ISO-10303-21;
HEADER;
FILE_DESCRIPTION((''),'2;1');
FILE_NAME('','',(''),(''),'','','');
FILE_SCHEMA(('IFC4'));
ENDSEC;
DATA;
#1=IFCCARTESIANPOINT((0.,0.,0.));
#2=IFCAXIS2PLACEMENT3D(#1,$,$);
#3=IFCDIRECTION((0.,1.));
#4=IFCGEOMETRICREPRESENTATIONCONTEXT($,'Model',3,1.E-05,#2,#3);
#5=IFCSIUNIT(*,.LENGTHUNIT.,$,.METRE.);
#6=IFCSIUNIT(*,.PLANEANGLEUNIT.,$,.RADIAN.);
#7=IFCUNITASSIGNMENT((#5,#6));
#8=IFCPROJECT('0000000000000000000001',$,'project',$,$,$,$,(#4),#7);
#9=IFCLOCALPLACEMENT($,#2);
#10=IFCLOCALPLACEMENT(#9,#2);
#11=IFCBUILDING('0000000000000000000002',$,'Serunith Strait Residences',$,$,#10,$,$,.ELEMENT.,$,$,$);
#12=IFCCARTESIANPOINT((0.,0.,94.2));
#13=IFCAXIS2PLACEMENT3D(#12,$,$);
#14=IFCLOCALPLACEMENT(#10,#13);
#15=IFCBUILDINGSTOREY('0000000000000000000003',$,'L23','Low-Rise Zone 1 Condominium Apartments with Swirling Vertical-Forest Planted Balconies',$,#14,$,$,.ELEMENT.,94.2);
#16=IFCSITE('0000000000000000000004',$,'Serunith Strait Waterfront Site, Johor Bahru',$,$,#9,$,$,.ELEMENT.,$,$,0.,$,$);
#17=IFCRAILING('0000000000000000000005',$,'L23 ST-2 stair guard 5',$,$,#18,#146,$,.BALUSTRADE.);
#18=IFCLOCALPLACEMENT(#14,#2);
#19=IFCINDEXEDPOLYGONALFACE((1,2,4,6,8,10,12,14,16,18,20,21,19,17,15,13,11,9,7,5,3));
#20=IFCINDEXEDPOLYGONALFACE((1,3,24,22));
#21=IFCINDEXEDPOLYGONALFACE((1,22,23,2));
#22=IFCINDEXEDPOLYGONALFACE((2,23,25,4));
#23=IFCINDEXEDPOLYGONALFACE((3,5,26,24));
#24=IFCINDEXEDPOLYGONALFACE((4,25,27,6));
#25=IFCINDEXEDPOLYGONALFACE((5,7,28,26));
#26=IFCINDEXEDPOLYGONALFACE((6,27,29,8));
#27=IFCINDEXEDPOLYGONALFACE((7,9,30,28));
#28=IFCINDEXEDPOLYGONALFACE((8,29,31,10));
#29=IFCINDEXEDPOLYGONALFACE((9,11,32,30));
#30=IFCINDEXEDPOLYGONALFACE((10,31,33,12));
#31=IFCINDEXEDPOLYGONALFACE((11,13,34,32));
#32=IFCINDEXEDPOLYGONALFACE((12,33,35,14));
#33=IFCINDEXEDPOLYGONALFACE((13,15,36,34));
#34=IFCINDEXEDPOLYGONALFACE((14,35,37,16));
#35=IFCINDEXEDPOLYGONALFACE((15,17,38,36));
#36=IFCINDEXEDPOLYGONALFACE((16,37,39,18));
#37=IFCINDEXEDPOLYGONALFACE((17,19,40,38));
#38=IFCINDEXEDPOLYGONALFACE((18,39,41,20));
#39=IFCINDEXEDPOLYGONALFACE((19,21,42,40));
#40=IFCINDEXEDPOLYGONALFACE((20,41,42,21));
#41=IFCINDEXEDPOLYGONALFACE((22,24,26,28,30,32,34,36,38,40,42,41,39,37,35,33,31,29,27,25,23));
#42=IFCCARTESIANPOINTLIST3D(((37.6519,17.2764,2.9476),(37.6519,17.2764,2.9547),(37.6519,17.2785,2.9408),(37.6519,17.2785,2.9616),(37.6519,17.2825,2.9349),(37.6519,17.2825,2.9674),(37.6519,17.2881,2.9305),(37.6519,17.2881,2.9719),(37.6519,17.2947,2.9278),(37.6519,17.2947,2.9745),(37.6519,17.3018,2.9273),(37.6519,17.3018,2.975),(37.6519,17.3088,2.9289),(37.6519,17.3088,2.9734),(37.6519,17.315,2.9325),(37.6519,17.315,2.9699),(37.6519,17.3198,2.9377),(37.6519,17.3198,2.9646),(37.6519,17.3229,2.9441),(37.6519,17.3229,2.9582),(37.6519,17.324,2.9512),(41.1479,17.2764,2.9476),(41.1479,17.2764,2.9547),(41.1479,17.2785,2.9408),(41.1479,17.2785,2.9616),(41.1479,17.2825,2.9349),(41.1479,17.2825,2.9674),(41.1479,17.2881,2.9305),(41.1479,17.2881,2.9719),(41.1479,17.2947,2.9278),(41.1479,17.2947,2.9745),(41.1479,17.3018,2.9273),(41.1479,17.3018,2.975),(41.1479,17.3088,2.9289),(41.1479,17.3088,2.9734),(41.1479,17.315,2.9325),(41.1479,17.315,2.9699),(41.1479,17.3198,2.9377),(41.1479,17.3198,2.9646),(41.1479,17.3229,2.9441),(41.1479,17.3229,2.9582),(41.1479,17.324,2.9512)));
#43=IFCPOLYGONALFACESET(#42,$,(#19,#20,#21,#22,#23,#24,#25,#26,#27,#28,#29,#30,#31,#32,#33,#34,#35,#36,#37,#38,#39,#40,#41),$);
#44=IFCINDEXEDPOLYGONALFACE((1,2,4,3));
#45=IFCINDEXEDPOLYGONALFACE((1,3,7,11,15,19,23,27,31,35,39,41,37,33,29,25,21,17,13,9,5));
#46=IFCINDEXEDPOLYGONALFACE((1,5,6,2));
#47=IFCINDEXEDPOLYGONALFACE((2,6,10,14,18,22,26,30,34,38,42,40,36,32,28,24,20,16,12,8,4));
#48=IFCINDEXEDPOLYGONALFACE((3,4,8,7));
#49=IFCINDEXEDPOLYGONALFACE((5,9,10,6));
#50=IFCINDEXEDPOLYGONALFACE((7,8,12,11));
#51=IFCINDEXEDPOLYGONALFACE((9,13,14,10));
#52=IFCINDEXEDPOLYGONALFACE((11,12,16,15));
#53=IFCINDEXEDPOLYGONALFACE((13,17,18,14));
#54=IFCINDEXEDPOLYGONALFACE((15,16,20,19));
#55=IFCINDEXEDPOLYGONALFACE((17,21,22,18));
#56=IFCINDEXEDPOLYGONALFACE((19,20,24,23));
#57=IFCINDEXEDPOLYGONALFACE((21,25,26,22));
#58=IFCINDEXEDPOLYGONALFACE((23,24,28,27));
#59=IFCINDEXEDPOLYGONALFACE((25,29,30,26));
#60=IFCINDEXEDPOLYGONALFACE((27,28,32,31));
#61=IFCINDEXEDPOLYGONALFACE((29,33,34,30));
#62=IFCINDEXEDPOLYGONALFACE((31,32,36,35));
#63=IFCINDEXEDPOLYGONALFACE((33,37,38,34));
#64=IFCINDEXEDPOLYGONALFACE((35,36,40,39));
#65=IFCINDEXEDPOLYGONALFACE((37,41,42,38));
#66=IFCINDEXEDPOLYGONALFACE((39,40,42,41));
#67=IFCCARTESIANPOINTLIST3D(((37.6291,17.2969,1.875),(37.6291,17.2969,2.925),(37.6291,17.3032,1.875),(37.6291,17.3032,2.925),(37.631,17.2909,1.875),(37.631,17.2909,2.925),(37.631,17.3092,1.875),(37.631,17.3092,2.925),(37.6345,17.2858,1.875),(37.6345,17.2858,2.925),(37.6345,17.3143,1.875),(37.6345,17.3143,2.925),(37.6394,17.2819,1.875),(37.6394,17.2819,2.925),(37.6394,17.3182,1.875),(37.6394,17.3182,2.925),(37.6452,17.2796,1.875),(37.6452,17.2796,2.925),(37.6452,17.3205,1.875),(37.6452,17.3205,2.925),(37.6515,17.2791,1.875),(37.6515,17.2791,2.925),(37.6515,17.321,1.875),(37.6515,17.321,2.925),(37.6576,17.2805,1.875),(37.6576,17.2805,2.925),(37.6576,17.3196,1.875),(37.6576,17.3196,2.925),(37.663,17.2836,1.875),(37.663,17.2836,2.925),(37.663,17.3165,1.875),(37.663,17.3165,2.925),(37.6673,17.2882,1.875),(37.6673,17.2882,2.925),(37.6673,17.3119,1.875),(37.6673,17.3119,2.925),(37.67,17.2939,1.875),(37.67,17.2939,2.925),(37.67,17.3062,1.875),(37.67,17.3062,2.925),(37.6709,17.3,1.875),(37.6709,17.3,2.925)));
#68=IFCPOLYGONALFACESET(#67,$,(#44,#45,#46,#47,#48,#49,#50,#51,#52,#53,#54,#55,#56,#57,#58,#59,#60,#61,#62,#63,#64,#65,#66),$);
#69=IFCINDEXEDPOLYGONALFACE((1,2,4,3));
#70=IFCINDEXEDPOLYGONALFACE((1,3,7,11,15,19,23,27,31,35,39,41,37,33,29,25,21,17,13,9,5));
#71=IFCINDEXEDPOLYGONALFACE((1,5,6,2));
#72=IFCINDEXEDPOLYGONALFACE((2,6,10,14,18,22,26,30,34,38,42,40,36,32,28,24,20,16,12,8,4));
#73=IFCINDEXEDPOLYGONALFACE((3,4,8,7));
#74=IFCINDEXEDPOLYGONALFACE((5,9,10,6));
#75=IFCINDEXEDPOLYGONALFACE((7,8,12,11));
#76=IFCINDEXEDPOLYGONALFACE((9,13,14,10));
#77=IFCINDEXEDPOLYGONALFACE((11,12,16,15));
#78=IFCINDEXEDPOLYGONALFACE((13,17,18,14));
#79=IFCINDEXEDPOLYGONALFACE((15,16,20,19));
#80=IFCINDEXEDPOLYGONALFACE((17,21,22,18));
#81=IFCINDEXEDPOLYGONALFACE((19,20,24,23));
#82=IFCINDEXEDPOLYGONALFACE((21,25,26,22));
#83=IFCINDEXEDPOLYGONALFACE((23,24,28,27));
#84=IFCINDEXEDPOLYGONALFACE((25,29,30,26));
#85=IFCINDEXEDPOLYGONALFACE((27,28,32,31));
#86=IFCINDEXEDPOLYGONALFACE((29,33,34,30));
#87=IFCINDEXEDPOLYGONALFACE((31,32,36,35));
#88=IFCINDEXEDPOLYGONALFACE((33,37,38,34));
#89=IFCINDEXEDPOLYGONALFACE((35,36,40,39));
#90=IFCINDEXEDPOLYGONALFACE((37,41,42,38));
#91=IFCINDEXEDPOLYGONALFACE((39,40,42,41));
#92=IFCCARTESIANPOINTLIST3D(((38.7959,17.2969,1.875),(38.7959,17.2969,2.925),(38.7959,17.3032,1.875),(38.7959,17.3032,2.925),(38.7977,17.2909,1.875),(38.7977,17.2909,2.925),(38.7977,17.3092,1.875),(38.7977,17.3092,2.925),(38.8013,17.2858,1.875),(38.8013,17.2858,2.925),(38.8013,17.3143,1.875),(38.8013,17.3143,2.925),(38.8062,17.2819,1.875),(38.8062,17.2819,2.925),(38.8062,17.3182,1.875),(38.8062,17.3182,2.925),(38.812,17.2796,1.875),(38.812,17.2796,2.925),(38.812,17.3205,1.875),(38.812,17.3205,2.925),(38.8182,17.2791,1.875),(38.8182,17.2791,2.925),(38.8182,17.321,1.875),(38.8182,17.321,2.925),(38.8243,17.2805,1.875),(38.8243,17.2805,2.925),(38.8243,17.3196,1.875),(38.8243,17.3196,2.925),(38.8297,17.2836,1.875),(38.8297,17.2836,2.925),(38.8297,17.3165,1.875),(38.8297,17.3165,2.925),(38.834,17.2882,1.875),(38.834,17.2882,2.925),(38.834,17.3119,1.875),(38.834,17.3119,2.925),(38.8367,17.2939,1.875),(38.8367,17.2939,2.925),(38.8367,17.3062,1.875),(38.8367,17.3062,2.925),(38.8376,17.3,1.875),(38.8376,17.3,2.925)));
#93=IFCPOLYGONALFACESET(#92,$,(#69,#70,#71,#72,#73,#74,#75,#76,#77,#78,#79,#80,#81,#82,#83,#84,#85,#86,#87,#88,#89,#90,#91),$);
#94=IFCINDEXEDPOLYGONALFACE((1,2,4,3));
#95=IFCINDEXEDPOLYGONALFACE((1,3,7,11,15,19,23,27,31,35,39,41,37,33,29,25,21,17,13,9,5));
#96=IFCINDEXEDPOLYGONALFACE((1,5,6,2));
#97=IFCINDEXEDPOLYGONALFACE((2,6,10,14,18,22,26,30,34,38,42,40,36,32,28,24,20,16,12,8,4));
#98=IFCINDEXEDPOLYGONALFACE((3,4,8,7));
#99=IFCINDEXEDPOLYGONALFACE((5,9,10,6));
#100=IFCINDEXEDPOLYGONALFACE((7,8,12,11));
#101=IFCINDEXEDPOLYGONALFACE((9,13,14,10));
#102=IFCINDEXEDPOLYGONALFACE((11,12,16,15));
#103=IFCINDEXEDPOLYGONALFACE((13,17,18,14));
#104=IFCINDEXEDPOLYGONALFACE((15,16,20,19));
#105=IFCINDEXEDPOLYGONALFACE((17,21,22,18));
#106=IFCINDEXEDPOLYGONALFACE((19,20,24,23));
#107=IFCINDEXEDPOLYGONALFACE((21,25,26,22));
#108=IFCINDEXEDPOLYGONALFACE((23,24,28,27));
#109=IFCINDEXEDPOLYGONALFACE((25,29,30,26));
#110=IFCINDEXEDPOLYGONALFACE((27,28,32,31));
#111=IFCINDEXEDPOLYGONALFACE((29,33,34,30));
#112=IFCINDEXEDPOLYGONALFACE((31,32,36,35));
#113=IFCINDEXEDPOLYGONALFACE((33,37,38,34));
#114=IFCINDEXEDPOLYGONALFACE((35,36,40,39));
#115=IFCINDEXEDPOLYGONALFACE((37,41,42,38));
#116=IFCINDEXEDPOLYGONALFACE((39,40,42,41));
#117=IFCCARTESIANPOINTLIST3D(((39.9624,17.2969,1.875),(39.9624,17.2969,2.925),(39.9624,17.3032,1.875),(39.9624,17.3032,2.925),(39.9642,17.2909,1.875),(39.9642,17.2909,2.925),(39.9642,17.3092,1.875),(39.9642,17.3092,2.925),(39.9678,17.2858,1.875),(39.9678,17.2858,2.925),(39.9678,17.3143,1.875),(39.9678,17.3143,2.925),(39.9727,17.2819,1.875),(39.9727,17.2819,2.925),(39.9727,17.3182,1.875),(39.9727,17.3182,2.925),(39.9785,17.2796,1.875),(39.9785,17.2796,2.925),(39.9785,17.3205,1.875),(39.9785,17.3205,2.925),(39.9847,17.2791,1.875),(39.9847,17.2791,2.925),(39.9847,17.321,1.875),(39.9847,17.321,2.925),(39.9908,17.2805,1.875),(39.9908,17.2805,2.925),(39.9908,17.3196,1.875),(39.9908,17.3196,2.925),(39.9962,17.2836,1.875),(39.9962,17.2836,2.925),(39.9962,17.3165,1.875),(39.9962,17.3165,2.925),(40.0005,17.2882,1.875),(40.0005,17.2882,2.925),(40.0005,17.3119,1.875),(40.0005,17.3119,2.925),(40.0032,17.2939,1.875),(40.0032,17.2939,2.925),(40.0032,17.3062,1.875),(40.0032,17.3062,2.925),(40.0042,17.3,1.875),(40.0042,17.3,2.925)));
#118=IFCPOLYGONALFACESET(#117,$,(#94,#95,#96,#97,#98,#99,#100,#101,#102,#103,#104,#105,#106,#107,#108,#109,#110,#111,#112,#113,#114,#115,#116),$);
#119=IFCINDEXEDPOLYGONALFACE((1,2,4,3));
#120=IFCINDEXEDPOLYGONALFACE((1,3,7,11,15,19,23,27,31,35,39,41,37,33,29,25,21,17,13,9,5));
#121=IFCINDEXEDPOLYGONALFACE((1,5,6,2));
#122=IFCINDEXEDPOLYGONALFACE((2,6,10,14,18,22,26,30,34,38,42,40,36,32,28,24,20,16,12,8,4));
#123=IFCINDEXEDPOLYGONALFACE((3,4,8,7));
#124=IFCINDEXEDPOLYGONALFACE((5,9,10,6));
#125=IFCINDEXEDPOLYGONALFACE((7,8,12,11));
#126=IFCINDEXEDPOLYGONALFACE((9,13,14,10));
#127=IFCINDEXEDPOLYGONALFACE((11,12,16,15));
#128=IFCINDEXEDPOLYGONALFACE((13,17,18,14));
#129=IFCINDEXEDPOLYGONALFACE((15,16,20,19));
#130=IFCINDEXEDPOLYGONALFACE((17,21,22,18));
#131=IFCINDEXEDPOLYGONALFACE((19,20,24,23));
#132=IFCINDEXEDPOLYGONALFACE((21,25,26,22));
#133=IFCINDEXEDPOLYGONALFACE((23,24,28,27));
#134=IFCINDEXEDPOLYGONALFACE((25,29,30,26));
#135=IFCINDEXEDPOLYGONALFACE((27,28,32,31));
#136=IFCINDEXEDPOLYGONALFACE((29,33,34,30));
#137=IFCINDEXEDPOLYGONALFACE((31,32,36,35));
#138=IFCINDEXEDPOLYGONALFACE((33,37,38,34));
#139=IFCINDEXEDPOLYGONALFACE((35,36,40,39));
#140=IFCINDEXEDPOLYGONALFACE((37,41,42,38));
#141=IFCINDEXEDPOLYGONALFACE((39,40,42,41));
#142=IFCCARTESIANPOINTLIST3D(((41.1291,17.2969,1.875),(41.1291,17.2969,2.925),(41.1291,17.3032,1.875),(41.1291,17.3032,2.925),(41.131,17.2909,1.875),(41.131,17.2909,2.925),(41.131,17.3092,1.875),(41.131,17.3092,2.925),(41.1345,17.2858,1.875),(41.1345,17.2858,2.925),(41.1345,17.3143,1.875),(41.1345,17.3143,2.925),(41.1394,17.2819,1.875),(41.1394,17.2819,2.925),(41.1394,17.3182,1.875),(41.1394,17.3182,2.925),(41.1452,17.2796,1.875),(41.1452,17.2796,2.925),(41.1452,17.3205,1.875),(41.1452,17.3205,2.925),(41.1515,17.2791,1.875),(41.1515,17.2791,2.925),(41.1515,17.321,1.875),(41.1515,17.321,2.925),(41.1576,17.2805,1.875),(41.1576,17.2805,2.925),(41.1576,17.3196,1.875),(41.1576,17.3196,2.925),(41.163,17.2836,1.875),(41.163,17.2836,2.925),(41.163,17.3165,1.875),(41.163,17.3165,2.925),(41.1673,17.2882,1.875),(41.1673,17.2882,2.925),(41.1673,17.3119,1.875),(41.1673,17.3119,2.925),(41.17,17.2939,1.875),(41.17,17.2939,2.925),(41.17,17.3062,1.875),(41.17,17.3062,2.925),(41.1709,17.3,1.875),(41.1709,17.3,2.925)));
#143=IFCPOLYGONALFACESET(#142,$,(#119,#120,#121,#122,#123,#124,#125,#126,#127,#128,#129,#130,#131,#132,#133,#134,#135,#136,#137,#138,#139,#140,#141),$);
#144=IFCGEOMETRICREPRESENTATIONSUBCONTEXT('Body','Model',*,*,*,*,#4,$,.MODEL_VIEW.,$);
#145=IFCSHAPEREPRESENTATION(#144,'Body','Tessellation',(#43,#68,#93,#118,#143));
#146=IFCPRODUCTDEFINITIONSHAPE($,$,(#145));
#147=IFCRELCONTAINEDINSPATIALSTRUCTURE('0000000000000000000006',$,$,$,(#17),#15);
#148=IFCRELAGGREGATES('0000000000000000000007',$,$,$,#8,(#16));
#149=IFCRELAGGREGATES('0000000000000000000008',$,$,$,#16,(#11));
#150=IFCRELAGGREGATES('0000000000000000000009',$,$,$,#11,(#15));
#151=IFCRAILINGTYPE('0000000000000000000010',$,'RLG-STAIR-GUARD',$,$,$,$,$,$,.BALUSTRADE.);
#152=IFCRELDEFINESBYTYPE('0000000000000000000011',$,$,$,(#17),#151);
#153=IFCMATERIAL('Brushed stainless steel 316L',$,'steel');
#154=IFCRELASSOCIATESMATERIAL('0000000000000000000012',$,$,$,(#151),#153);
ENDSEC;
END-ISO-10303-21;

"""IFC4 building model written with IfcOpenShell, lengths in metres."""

from ifc_helpers import new_model, si_unit, direction, frame, origin, origin_2d, place, context, subcontext, project, spatial, circle, extrude, material, type_object, element, save


model = new_model("IFC4")

# Units and contexts
model_context = context("Model", 3, precision=1e-05, world=origin(), true_north=direction((0.0, 1.0)))
body_context = subcontext(model_context, "Body", "Model", "MODEL_VIEW")
ifc_project = project(units=[si_unit("LENGTHUNIT", "METRE"), si_unit("PLANEANGLEUNIT", "RADIAN")], contexts=[model_context])

# Site, building, storey
site_placement = place(None, origin())
site = spatial("IfcSite", under=ifc_project, at=site_placement, Name="Serunith Strait Waterfront Site, Johor Bahru", CompositionType="ELEMENT", RefElevation=0.0)
building_placement = place(site_placement, origin())
building = spatial("IfcBuilding", under=site, at=building_placement, Name="Serunith Strait Residences", CompositionType="ELEMENT")
storey_placement = place(building_placement, frame((0.0, 0.0, 94.2)))
storey = spatial("IfcBuildingStorey", under=building, at=storey_placement, Name="L23", Description="Low-Rise Zone 1 Condominium Apartments with Swirling Vertical-Forest Planted Balconies", CompositionType="ELEMENT", Elevation=94.2)

# Railing
ifc_material_1 = material(Name="Brushed stainless steel 316L", Category="steel")
railing_type_1 = type_object("IfcRailingType", Name="RLG-STAIR-GUARD", PredefinedType="BALUSTRADE", material=ifc_material_1)
railing_1_placement = place(storey_placement, frame((37.6499, 17.3, 1.875)))
element("IfcRailing", 1, at=railing_1_placement, inside=storey, type_object=railing_type_1, Name="L23 ST-2 stair guard 5", PredefinedType="BALUSTRADE", context=body_context, shape_type="SweptSolid", body=[
    extrude(circle(Radius=0.0239, at=origin_2d()), frame((0.002, 0.0, 1.0762), z_axis=(1.0, 0.0, 0.0), x_axis=(0.0, 1.0, 0.0)), (0.0, 0.0, 1.0), 3.4961),
    extrude(circle(Radius=0.021, at=origin_2d()), origin(), (0.0, 0.0, 1.0), 1.05),
    extrude(circle(Radius=0.021, at=origin_2d()), frame((1.1667, 0.0, 0.0)), (0.0, 0.0, 1.0), 1.05),
    extrude(circle(Radius=0.021, at=origin_2d()), frame((2.3333, 0.0, 0.0)), (0.0, 0.0, 1.0), 1.05),
    extrude(circle(Radius=0.021, at=origin_2d()), frame((3.5, 0.0, 0.0)), (0.0, 0.0, 1.0), 1.05),
])

save(model, "model.ifc")
